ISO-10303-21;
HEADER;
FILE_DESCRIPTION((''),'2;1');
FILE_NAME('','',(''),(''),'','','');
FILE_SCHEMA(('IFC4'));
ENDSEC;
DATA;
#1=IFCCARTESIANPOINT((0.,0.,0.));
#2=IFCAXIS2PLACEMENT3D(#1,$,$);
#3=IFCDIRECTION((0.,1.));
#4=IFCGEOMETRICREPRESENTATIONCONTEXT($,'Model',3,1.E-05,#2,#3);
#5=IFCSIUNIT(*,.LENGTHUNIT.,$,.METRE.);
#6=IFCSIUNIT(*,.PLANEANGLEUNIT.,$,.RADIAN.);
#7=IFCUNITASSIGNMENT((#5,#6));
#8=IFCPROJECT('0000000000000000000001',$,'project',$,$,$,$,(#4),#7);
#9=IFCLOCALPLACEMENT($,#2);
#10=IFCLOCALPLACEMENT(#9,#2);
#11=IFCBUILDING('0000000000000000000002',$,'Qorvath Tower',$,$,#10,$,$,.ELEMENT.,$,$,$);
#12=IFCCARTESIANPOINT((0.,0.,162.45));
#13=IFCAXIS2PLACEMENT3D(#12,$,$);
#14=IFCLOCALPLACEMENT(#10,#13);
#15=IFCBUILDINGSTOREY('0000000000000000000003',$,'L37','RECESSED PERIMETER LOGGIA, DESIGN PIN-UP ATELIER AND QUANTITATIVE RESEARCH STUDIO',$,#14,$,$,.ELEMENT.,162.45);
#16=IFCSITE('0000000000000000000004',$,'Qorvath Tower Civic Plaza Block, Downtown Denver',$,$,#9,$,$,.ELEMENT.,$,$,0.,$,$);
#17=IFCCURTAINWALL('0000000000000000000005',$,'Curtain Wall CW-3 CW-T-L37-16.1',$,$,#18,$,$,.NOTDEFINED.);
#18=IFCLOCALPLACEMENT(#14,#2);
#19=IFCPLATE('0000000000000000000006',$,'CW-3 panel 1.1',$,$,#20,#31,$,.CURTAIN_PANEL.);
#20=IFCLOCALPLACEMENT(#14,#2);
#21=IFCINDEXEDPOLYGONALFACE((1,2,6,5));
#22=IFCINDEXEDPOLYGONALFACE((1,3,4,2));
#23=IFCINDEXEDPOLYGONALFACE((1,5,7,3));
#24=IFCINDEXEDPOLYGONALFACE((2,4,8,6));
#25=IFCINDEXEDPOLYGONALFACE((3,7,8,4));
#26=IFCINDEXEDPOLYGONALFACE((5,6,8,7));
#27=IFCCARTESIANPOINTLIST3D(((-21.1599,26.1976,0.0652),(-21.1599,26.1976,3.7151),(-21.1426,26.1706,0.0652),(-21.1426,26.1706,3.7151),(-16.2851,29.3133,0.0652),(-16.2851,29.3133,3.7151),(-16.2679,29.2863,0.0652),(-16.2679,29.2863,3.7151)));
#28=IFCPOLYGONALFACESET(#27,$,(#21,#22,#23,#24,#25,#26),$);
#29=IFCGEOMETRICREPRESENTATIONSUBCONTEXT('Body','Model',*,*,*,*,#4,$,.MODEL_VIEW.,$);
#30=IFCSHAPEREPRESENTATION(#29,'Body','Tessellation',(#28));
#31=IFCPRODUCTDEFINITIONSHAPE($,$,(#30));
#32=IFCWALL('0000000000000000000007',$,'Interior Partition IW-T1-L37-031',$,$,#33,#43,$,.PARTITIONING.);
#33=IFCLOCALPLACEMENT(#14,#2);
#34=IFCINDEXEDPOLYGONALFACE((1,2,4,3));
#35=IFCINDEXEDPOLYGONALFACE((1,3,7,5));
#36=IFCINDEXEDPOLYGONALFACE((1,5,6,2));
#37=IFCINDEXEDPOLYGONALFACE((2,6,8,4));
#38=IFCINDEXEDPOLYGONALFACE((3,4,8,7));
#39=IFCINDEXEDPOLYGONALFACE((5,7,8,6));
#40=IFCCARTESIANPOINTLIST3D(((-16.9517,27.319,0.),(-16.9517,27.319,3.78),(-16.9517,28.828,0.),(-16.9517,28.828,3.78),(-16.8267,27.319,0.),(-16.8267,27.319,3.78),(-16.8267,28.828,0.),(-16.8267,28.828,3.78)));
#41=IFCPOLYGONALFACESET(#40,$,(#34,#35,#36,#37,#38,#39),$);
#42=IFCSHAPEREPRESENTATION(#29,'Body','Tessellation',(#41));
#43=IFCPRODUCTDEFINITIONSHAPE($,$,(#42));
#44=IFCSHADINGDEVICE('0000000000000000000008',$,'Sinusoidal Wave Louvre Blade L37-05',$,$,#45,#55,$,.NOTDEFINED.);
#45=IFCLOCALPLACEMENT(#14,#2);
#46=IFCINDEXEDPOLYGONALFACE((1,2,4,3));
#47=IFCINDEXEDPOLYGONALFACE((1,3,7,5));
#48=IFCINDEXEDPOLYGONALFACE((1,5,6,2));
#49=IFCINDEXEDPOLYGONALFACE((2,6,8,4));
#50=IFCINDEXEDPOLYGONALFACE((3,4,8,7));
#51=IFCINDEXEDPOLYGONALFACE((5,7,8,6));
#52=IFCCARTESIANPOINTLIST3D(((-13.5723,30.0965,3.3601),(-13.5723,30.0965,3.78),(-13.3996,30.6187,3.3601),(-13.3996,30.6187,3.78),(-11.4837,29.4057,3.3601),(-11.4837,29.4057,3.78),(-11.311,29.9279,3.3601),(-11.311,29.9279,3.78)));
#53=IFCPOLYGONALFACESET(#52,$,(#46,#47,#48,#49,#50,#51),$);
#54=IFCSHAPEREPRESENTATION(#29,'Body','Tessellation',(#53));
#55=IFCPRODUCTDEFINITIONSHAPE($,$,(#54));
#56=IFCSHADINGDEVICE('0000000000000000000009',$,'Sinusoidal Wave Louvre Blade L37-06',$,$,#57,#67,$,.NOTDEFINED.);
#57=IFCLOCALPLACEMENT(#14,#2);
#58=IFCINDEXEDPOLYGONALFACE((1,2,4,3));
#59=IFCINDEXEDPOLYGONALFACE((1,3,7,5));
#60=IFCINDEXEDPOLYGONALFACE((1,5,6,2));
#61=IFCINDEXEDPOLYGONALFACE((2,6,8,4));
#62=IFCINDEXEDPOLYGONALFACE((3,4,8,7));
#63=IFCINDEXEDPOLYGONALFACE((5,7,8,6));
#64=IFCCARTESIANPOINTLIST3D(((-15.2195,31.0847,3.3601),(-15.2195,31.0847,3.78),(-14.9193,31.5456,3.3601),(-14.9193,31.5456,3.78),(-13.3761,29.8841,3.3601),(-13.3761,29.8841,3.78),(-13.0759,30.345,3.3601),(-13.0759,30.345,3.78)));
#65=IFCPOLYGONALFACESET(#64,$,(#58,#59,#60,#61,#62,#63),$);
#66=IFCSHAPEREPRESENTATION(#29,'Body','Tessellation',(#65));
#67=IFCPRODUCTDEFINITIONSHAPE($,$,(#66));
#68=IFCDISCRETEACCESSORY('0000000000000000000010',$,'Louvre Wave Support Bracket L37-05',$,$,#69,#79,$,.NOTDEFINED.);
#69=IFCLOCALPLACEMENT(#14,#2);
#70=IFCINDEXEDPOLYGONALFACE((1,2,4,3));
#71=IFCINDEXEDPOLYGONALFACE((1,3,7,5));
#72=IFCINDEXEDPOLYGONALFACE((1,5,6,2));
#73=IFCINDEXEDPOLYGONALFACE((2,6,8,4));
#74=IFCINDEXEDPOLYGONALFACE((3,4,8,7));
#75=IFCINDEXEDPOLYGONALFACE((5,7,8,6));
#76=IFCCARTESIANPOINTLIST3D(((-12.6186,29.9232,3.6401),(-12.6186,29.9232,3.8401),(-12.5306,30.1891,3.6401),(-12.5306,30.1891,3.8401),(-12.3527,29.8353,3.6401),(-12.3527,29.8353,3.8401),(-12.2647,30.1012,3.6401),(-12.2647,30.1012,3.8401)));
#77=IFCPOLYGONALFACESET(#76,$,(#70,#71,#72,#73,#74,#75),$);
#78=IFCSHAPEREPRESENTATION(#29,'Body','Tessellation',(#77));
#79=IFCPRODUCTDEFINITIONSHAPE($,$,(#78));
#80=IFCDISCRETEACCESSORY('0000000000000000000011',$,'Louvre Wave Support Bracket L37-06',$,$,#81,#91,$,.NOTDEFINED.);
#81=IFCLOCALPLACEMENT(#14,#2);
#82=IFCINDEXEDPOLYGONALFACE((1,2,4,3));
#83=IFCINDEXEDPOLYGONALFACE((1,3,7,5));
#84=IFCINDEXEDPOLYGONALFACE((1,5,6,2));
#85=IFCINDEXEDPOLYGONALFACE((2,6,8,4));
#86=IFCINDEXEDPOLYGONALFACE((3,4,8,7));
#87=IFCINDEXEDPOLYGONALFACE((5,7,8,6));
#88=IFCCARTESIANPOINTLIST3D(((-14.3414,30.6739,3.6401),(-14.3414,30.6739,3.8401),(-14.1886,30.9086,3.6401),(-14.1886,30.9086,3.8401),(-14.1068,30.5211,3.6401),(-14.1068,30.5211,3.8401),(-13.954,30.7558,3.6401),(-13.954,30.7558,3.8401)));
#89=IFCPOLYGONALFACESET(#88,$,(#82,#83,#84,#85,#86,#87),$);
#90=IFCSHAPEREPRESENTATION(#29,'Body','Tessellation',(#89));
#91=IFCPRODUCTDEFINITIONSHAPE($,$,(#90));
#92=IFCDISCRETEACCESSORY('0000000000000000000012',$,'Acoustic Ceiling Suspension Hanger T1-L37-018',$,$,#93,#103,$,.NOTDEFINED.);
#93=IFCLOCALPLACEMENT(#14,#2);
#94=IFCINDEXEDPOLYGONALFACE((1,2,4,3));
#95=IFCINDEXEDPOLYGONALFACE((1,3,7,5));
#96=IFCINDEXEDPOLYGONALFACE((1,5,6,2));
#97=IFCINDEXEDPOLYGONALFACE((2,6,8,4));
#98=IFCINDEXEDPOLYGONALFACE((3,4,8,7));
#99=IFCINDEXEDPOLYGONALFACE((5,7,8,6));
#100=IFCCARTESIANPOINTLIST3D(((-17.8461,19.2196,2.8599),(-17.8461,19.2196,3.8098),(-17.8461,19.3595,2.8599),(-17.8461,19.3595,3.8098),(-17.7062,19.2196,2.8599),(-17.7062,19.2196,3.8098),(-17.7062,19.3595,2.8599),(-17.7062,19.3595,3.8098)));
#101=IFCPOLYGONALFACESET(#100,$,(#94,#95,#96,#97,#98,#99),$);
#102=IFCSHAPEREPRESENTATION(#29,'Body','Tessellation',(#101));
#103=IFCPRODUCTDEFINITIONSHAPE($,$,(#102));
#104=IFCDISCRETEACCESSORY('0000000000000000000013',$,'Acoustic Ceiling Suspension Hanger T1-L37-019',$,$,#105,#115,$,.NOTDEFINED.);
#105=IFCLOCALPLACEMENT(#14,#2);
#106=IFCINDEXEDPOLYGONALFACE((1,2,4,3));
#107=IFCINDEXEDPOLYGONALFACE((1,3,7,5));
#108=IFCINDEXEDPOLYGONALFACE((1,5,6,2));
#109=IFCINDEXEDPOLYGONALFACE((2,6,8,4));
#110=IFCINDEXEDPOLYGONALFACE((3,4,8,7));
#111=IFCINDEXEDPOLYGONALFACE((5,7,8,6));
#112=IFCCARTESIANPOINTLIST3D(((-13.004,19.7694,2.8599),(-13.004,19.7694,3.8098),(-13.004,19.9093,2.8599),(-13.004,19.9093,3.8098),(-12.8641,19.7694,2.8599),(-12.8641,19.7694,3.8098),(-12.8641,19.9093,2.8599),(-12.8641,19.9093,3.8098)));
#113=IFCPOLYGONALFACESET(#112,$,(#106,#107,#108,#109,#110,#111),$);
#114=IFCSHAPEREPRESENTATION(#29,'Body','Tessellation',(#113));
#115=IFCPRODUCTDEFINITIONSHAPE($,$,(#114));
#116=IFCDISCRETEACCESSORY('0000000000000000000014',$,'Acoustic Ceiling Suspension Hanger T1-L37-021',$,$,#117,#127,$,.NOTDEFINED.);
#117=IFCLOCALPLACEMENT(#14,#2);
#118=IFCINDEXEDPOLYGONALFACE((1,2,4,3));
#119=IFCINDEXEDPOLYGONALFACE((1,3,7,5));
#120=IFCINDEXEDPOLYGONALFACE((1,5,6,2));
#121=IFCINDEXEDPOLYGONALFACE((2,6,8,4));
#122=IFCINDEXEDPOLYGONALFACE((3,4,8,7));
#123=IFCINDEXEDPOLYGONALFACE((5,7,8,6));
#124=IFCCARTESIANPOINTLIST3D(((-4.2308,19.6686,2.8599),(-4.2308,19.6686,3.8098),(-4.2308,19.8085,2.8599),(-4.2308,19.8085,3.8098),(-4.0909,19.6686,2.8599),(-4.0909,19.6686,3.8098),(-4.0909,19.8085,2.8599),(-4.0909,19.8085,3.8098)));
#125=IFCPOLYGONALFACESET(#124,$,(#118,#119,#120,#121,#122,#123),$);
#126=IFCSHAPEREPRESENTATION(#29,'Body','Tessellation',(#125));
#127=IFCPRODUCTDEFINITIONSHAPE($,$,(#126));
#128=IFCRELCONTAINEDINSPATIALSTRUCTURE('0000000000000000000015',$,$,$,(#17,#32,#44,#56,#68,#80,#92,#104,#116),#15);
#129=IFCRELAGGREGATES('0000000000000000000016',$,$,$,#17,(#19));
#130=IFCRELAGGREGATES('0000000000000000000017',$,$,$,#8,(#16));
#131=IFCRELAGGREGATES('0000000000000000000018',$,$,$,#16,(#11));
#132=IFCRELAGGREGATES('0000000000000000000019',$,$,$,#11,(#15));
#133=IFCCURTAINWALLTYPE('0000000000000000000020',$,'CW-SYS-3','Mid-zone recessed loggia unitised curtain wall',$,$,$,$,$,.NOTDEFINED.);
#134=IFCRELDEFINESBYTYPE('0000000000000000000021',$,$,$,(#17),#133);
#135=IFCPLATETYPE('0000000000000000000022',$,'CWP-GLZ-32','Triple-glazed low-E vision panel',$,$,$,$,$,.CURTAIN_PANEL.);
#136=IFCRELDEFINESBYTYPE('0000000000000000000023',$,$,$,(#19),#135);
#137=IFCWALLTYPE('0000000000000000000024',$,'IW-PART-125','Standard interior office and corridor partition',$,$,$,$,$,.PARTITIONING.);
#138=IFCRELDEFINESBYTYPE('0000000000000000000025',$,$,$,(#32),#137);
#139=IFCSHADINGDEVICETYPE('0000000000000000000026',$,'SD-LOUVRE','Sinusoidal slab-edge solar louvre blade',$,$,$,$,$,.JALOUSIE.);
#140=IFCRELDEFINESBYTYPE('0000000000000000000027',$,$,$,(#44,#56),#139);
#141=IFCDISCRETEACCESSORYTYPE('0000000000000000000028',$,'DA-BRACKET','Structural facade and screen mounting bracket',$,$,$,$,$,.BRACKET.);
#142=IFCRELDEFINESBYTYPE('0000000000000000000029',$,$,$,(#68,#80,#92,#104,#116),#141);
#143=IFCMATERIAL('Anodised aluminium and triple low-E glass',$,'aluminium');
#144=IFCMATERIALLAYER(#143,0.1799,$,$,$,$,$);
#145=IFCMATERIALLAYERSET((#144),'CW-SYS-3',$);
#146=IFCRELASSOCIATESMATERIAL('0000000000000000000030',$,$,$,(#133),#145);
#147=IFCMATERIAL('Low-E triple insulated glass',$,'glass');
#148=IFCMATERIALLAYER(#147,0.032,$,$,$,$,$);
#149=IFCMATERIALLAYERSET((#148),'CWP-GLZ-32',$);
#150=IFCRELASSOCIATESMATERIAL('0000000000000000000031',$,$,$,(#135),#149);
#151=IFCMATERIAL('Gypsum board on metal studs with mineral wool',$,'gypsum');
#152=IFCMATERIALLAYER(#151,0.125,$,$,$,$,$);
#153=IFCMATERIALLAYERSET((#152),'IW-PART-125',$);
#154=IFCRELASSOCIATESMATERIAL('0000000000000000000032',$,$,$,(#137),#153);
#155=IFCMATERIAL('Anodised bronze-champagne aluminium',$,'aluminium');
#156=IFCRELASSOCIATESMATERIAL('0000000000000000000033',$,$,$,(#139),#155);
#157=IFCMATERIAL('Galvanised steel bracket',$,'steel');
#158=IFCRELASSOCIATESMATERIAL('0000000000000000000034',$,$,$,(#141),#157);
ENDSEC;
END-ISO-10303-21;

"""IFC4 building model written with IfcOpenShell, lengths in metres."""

from ifc_helpers import new_model, si_unit, direction, frame, frame_2d, origin, origin_2d, place, context, subcontext, project, spatial, rectangle, extrude, material, layer, layer_set, type_object, element, aggregate, save


model = new_model("IFC4")

# Units and contexts
model_context = context("Model", 3, precision=1e-05, world=origin(), true_north=direction((0.0, 1.0)))
body_context = subcontext(model_context, "Body", "Model", "MODEL_VIEW")
ifc_project = project(units=[si_unit("LENGTHUNIT", "METRE"), si_unit("PLANEANGLEUNIT", "RADIAN")], contexts=[model_context])

# Site, building, storey
site_placement = place(None, origin())
site = spatial("IfcSite", under=ifc_project, at=site_placement, Name="Qorvath Tower Civic Plaza Block, Downtown Denver", CompositionType="ELEMENT", RefElevation=0.0)
building_placement = place(site_placement, origin())
building = spatial("IfcBuilding", under=site, at=building_placement, Name="Qorvath Tower", CompositionType="ELEMENT")
storey_placement = place(building_placement, frame((0.0, 0.0, 162.45)))
storey = spatial("IfcBuildingStorey", under=building, at=storey_placement, Name="L37", Description="RECESSED PERIMETER LOGGIA, DESIGN PIN-UP ATELIER AND QUANTITATIVE RESEARCH STUDIO", CompositionType="ELEMENT", Elevation=162.45)

# Shared definitions
ifc_material_1 = material(Name="Anodised aluminium and triple low-E glass", Category="aluminium")
ifc_layer_1 = layer(ifc_material_1, 0.1799)
ifc_layer_set_1 = layer_set([ifc_layer_1], Name="CW-SYS-3")
curtain_wall_type = type_object("IfcCurtainWallType", Name="CW-SYS-3", Description="Mid-zone recessed loggia unitised curtain wall", PredefinedType="NOTDEFINED", material=ifc_layer_set_1)

# Curtain wall
curtain_wall_1_placement = place(storey_placement, origin())
curtain_wall_1 = element("IfcCurtainWall", 1, at=curtain_wall_1_placement, inside=storey, type_object=curtain_wall_type, Name="Curtain Wall CW-3 CW-T-L37-16.1", PredefinedType="NOTDEFINED")

# Plate
ifc_material_2 = material(Name="Low-E triple insulated glass", Category="glass")
ifc_layer_2 = layer(ifc_material_2, 0.032)
ifc_layer_set_2 = layer_set([ifc_layer_2], Name="CWP-GLZ-32")
plate_type = type_object("IfcPlateType", Name="CWP-GLZ-32", Description="Triple-glazed low-E vision panel", PredefinedType="CURTAIN_PANEL", material=ifc_layer_set_2)
plate_1_placement = place(storey_placement, frame((-18.7139, 27.7419, 0.0652), z_axis=(0.0, 0.0, 1.0), x_axis=(-0.8426, -0.53854, 0.0)))
plate_1 = element("IfcPlate", 2, at=plate_1_placement, type_object=plate_type, Name="CW-3 panel 1.1", PredefinedType="CURTAIN_PANEL", context=body_context, shape_type="SweptSolid", body=[
    extrude(rectangle(XDim=5.7854, YDim=0.032, at=origin_2d()), origin(), (0.0, 0.0, 1.0), 3.6499),
])
aggregate(curtain_wall_1, [plate_1])

# Wall
ifc_material_3 = material(Name="Gypsum board on metal studs with mineral wool", Category="gypsum")
ifc_layer_3 = layer(ifc_material_3, 0.125)
ifc_layer_set_3 = layer_set([ifc_layer_3], Name="IW-PART-125")
wall_type = type_object("IfcWallType", Name="IW-PART-125", Description="Standard interior office and corridor partition", PredefinedType="PARTITIONING", material=ifc_layer_set_3)
wall_placement = place(storey_placement, frame((-16.8892, 27.3191, 0.0), z_axis=(0.0, 0.0, 1.0), x_axis=(0.0, 1.0, 0.0)))
element("IfcWall", 3, at=wall_placement, inside=storey, type_object=wall_type, Name="Interior Partition IW-T1-L37-031", PredefinedType="PARTITIONING", context=body_context, shape_type="SweptSolid", body=[
    extrude(rectangle(XDim=1.509, YDim=0.125, at=frame_2d((0.7544, 0.0))), origin(), (0.0, 0.0, 1.0), 3.78),
])

# Shading devices
ifc_material_4 = material(Name="Anodised bronze-champagne aluminium", Category="aluminium")
shading_device_type = type_object("IfcShadingDeviceType", Name="SD-LOUVRE", Description="Sinusoidal slab-edge solar louvre blade", PredefinedType="JALOUSIE", material=ifc_material_4)
for number, where, z_axis, x_axis, name in (
    (4, (-12.4417, 30.0122, 3.3601), (0.0, 0.0, 1.0), (-0.949413, 0.314029, 0.0), "Sinusoidal Wave Louvre Blade L37-05"),
    (5, (-14.1477, 30.7148, 3.3601), (0.0, 0.0, 1.0), (-0.837957, 0.545736, 0.0), "Sinusoidal Wave Louvre Blade L37-06"),
):
    element("IfcShadingDevice", number, at=place(storey_placement, frame(where, z_axis=z_axis, x_axis=x_axis)), inside=storey, type_object=shading_device_type, Name=name, PredefinedType="NOTDEFINED", context=body_context, shape_type="SweptSolid", body=[
        extrude(rectangle(XDim=2.2, YDim=0.55, at=origin_2d()), origin(), (0.0, 0.0, 1.0), 0.4199),
    ])

# Discrete accessories
ifc_material_5 = material(Name="Galvanised steel bracket", Category="steel")
discrete_accessory_type = type_object("IfcDiscreteAccessoryType", Name="DA-BRACKET", Description="Structural facade and screen mounting bracket", PredefinedType="BRACKET", material=ifc_material_5)
for number, where, z_axis, x_axis, name in (
    (6, (-12.4417, 30.0122, 3.6401), (0.0, 0.0, 1.0), (-0.949413, 0.314029, 0.0), "Louvre Wave Support Bracket L37-05"),
    (7, (-14.1477, 30.7148, 3.6401), (0.0, 0.0, 1.0), (-0.837957, 0.545736, 0.0), "Louvre Wave Support Bracket L37-06"),
):
    element("IfcDiscreteAccessory", number, at=place(storey_placement, frame(where, z_axis=z_axis, x_axis=x_axis)), inside=storey, type_object=discrete_accessory_type, Name=name, PredefinedType="NOTDEFINED", context=body_context, shape_type="SweptSolid", body=[
        extrude(rectangle(XDim=0.28, YDim=0.28, at=origin_2d()), origin(), (0.0, 0.0, 1.0), 0.2),
    ])
for number, where, z_axis, x_axis, name in (
    (8, (-17.7761, 19.2896, 2.8599), (0.0, 0.0, 1.0), (1.0, 0.0, 0.0), "Acoustic Ceiling Suspension Hanger T1-L37-018"),
    (9, (-12.9341, 19.8394, 2.8599), (0.0, 0.0, 1.0), (1.0, 0.0, 0.0), "Acoustic Ceiling Suspension Hanger T1-L37-019"),
    (10, (-4.1609, 19.7385, 2.8599), (0.0, 0.0, 1.0), (1.0, 0.0, 0.0), "Acoustic Ceiling Suspension Hanger T1-L37-021"),
):
    element("IfcDiscreteAccessory", number, at=place(storey_placement, frame(where, z_axis=z_axis, x_axis=x_axis)), inside=storey, type_object=discrete_accessory_type, Name=name, PredefinedType="NOTDEFINED", context=body_context, shape_type="SweptSolid", body=[
        extrude(rectangle(XDim=0.1399, YDim=0.1399, at=origin_2d()), origin(), (0.0, 0.0, 1.0), 0.95),
    ])

save(model, "model.ifc")
